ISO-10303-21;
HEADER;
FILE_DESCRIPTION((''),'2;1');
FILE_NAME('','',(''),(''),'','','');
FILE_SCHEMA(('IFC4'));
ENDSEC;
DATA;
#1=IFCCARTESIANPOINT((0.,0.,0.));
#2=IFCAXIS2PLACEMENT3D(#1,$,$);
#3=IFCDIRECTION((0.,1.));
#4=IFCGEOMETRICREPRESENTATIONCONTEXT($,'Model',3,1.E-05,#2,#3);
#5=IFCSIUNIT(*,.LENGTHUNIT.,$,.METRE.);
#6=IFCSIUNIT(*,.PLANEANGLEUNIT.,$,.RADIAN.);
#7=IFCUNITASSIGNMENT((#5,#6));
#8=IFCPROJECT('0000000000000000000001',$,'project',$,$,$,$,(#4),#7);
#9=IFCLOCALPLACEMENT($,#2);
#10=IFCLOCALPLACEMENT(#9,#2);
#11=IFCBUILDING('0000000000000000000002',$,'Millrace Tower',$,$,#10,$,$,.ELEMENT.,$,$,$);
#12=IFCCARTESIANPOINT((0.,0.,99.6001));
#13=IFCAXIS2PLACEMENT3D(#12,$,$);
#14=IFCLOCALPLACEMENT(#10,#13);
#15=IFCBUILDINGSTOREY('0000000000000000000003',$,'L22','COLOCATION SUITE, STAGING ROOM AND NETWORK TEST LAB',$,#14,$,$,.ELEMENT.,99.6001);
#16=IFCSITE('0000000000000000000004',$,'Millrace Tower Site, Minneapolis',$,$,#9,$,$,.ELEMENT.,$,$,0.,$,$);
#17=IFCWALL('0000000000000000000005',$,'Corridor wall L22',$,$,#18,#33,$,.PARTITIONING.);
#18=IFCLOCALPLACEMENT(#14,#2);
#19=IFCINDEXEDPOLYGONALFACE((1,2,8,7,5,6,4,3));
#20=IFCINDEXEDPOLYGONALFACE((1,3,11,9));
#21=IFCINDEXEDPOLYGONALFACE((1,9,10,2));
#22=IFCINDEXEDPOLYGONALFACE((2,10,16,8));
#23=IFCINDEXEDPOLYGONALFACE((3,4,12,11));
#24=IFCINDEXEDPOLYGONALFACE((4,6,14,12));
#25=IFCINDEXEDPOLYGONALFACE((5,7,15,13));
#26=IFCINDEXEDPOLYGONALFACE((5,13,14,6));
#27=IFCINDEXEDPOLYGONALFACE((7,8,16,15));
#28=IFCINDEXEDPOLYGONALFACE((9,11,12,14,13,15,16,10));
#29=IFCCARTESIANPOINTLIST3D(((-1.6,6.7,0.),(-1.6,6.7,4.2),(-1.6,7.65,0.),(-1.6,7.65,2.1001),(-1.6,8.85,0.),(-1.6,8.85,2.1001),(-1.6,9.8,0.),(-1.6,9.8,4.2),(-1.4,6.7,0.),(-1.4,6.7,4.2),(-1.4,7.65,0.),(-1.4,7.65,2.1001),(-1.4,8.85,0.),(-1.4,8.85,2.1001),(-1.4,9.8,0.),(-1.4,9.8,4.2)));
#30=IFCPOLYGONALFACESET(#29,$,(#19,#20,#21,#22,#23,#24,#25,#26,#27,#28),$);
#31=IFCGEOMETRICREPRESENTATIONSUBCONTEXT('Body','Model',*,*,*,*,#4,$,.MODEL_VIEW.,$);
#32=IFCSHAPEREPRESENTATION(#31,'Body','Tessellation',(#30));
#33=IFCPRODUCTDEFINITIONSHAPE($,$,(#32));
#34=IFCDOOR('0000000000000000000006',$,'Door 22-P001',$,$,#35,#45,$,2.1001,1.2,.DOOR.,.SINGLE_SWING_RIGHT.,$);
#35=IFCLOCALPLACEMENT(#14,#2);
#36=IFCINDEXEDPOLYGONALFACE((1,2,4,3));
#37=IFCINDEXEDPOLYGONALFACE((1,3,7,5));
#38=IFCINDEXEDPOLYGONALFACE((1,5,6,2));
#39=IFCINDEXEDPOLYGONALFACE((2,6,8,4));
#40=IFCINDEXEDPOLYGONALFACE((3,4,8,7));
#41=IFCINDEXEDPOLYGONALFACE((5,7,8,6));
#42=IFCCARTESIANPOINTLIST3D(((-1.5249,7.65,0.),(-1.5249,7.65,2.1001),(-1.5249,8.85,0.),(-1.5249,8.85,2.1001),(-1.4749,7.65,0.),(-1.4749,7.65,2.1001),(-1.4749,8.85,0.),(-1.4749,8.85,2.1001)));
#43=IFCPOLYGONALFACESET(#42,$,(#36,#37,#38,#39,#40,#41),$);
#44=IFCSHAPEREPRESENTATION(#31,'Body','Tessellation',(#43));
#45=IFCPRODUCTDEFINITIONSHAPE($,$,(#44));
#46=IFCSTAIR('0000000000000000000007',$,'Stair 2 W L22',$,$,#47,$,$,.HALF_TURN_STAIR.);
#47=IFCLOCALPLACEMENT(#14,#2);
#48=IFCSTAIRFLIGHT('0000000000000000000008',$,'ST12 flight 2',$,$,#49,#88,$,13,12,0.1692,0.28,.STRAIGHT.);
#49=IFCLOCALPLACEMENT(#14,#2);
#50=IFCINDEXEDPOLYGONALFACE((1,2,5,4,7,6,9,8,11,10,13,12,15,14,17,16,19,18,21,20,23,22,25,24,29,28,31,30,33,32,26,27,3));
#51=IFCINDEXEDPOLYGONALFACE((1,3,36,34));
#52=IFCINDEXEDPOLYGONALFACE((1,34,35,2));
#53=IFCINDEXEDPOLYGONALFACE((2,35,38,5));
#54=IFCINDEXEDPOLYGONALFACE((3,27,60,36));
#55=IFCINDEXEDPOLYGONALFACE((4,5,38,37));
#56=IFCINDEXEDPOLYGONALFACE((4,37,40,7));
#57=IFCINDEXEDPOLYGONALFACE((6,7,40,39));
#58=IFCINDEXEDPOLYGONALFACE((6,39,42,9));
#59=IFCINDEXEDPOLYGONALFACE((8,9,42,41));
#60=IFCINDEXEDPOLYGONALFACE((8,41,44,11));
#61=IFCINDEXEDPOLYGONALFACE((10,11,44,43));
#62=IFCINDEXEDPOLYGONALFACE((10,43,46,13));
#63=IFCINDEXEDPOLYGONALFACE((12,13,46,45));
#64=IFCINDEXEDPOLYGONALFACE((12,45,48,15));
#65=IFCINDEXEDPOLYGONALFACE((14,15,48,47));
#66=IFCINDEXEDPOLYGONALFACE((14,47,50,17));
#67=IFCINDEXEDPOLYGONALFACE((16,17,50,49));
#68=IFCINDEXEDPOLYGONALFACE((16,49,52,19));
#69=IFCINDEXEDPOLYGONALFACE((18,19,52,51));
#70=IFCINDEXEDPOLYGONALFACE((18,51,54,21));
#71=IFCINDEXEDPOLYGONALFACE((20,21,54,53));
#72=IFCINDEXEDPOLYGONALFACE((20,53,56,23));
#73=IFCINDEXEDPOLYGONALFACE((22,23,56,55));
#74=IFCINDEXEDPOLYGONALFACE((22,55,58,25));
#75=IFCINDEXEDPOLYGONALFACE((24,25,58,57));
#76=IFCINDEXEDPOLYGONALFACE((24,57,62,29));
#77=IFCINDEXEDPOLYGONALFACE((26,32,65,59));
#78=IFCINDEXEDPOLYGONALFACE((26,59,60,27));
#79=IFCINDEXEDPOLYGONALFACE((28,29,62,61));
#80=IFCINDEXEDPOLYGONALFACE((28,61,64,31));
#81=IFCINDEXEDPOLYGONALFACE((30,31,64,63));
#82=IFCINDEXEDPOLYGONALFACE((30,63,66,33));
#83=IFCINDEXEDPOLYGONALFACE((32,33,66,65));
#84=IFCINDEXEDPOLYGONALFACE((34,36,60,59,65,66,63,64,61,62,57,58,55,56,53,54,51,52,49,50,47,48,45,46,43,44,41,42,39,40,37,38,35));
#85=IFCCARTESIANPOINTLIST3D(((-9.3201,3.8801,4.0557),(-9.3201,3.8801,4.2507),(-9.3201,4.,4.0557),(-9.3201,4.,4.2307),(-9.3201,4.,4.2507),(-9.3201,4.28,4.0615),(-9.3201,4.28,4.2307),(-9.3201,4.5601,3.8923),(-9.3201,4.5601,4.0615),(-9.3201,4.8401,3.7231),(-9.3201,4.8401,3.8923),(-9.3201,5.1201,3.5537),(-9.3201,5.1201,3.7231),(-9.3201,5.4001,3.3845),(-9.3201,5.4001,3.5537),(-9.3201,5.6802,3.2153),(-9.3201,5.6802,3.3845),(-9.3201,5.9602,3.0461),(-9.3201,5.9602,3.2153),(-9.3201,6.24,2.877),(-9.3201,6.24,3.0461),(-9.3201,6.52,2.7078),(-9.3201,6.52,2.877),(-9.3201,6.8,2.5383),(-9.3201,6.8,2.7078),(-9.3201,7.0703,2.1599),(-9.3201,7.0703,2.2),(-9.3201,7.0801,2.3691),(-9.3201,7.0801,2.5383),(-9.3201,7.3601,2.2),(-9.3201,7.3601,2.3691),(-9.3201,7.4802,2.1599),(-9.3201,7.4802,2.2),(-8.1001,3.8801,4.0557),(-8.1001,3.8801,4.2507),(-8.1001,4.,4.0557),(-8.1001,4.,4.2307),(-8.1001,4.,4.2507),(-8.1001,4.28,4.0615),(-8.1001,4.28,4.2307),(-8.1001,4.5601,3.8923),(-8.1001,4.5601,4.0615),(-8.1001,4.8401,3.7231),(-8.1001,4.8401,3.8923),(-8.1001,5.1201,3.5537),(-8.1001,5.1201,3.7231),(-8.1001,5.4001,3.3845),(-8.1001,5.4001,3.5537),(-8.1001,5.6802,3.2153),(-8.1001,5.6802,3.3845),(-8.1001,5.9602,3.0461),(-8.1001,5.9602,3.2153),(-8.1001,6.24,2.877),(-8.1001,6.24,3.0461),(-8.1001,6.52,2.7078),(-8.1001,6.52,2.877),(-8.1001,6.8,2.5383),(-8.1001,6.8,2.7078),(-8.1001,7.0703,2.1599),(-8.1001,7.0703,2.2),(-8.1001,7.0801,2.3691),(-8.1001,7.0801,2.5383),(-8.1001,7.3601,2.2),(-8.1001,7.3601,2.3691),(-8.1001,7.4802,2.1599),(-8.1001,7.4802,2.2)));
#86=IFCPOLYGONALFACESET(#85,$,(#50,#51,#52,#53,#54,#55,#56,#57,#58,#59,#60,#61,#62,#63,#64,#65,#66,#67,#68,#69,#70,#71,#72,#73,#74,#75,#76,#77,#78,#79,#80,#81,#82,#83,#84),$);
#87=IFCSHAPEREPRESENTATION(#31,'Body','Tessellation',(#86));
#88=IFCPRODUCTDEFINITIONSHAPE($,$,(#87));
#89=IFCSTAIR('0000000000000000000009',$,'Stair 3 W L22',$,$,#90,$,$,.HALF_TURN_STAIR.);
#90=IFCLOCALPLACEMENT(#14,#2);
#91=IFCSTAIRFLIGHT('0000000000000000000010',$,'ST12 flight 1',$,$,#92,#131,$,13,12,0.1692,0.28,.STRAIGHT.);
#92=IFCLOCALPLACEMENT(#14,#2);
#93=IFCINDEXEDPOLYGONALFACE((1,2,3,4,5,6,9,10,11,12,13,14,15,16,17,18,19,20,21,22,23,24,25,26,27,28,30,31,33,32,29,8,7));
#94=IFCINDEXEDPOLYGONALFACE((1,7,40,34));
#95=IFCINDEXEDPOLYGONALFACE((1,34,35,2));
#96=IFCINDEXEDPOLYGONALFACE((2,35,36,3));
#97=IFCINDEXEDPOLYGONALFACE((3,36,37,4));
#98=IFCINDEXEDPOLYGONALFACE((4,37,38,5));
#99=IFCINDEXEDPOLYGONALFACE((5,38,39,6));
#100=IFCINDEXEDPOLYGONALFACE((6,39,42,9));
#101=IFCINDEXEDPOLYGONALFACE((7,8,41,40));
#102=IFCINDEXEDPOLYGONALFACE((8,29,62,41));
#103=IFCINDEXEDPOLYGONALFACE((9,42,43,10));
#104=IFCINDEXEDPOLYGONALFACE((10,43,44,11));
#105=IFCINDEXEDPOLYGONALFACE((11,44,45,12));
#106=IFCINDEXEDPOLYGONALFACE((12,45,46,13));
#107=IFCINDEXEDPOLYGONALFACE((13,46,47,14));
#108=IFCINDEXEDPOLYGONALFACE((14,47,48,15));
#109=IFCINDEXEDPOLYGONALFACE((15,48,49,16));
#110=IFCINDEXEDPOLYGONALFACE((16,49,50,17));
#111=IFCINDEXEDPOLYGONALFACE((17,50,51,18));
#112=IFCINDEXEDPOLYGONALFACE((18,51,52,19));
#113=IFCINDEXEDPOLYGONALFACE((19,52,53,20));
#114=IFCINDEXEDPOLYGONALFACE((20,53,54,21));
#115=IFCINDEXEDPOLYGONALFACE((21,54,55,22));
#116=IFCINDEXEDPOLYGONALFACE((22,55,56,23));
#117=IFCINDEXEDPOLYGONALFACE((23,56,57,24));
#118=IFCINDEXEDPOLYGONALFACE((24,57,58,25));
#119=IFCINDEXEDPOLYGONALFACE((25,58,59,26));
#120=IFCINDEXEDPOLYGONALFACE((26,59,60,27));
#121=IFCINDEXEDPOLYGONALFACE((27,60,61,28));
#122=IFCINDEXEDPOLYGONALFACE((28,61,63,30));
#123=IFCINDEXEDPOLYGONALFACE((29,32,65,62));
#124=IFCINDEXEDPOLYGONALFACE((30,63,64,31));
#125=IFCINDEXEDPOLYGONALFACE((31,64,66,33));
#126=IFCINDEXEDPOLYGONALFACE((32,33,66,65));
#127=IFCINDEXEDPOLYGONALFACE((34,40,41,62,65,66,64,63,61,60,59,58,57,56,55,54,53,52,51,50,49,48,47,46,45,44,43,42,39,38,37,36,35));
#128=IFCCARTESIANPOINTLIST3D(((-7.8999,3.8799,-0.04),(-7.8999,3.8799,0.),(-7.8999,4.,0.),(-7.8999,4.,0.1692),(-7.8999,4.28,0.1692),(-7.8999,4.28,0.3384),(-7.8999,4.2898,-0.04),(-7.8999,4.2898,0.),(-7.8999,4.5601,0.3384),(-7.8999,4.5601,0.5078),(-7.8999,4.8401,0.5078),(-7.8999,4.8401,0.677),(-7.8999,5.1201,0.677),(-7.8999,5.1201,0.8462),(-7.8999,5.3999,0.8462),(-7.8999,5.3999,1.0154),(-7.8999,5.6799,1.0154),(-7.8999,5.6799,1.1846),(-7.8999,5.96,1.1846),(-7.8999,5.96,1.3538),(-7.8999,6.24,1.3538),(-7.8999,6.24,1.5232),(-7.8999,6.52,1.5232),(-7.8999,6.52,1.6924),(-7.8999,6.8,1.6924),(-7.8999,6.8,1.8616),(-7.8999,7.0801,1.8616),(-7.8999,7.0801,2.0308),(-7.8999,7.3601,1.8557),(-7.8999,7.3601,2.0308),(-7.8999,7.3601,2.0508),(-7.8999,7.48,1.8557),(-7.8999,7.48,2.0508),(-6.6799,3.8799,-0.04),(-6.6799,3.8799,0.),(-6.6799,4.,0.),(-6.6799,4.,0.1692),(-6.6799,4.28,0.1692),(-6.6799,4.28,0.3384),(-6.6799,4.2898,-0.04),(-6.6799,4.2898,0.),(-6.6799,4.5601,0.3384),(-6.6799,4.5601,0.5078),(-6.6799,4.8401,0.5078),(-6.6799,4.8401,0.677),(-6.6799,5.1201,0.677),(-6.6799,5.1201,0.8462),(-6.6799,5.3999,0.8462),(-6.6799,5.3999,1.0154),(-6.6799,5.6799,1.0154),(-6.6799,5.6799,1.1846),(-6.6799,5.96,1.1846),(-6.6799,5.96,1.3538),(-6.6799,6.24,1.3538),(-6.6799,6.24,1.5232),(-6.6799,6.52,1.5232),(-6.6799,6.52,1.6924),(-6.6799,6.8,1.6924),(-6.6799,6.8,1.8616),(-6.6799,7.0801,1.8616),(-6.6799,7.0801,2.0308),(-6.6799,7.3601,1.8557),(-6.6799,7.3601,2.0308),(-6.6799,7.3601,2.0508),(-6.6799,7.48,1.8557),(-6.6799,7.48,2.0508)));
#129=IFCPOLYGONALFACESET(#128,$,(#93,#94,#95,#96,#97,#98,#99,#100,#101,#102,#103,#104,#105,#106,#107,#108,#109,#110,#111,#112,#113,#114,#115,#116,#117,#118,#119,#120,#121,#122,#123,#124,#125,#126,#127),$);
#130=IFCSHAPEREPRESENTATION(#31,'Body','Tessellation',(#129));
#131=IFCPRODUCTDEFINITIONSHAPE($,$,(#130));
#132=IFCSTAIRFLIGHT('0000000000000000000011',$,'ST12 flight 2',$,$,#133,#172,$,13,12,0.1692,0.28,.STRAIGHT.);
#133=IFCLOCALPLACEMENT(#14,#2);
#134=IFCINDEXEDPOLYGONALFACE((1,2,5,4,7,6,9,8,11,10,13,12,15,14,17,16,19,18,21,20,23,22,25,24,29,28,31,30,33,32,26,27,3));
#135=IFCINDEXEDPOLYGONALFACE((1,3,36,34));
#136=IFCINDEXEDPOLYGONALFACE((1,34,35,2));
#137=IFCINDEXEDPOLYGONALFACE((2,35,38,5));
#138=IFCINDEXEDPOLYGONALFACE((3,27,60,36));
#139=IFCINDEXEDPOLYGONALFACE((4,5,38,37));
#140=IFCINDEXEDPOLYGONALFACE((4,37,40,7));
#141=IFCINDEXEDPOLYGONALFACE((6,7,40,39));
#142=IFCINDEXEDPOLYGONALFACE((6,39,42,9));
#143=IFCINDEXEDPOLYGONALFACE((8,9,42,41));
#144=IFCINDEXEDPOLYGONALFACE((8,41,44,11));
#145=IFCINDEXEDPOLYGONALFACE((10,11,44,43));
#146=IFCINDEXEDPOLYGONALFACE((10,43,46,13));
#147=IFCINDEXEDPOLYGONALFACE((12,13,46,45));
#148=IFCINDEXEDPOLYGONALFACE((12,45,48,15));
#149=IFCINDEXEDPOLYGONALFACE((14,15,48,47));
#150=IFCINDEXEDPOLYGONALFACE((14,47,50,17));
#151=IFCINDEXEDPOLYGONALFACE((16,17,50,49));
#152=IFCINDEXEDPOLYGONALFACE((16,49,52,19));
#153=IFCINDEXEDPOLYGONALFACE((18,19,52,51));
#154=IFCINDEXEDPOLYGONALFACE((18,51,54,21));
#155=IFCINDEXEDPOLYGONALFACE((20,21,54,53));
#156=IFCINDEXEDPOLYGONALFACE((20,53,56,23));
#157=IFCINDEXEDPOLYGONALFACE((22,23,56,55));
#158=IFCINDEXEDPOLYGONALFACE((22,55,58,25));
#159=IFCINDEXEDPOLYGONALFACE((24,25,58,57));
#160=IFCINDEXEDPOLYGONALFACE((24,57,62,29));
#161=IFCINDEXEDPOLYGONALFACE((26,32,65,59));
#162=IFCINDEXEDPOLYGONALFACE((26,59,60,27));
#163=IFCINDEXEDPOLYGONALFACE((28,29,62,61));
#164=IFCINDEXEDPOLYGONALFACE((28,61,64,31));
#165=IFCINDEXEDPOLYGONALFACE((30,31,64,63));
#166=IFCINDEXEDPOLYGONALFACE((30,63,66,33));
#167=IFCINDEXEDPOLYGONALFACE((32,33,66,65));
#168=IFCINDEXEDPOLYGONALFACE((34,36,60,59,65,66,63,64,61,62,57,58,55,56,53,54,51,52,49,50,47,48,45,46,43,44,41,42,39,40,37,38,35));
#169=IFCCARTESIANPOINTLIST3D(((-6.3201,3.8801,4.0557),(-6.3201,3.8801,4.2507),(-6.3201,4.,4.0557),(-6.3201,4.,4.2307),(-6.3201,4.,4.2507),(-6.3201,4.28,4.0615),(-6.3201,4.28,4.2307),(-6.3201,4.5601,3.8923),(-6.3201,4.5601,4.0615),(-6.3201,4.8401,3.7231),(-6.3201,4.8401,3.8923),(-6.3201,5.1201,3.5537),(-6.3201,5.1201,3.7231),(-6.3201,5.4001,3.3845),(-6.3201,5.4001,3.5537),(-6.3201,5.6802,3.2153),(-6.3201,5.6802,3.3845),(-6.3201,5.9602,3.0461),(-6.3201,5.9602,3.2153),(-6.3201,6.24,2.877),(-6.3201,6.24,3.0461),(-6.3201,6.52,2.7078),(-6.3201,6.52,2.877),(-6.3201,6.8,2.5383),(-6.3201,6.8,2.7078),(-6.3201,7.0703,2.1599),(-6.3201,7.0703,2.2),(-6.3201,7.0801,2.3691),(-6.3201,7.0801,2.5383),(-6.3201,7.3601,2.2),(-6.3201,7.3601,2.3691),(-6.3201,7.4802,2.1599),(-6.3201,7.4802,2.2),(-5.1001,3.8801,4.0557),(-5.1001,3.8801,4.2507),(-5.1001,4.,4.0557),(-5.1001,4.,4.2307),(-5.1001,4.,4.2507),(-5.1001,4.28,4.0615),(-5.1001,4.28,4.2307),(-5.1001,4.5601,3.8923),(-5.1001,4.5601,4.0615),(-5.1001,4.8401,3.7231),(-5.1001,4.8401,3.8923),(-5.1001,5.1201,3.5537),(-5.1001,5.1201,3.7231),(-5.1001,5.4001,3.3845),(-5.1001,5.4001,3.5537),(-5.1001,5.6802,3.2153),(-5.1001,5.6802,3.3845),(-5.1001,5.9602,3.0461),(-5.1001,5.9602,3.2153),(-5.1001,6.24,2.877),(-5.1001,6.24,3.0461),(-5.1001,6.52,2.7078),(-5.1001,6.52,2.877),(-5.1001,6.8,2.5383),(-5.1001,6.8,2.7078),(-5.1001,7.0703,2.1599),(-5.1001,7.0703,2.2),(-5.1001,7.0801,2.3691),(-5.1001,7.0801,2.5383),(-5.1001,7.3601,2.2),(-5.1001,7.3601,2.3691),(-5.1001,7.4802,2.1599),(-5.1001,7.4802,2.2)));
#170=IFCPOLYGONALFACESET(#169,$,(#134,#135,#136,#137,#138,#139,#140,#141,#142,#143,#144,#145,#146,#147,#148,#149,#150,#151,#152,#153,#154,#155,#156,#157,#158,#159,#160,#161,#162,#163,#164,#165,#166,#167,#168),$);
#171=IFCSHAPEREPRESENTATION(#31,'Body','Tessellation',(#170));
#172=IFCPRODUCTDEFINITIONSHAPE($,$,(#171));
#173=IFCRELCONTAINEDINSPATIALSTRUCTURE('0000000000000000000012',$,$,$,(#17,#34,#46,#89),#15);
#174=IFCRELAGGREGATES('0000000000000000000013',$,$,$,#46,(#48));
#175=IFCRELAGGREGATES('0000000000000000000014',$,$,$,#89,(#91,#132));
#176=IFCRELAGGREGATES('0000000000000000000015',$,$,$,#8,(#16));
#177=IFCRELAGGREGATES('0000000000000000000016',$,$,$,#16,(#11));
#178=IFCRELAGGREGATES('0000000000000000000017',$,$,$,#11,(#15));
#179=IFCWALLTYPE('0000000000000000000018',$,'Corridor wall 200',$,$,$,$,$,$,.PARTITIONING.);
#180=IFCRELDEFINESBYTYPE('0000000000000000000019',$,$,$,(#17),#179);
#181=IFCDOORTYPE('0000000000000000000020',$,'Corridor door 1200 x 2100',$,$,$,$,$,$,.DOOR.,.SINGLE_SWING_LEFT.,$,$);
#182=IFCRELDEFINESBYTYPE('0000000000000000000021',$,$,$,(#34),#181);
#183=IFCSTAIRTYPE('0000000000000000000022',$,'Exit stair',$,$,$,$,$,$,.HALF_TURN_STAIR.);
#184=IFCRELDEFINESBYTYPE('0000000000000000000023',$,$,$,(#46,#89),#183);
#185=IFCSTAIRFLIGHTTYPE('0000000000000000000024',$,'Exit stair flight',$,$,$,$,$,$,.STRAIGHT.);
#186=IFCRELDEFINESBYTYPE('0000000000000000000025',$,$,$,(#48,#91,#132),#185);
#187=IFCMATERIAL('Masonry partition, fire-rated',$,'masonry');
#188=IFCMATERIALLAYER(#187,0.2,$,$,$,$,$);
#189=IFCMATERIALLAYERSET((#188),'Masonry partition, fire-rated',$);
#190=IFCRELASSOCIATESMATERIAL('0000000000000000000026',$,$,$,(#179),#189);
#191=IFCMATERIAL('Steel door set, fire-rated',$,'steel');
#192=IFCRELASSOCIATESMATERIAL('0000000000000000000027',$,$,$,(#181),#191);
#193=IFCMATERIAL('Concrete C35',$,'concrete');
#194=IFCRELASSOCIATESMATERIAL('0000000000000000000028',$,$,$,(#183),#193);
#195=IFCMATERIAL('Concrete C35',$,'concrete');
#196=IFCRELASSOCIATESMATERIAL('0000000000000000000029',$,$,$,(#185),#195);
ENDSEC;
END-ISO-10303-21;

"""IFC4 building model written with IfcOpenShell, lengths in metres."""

from ifc_helpers import new_model, si_unit, direction, frame, frame_2d, origin, place, context, subcontext, project, spatial, polyline, rectangle, outline, extrude, material, layer, layer_set, type_object, element, fill, aggregate, save


model = new_model("IFC4")

# Units and contexts
model_context = context("Model", 3, precision=1e-05, world=origin(), true_north=direction((0.0, 1.0)))
body_context = subcontext(model_context, "Body", "Model", "MODEL_VIEW")
ifc_project = project(units=[si_unit("LENGTHUNIT", "METRE"), si_unit("PLANEANGLEUNIT", "RADIAN")], contexts=[model_context])

# Site, building, storey
site_placement = place(None, origin())
site = spatial("IfcSite", under=ifc_project, at=site_placement, Name="Millrace Tower Site, Minneapolis", CompositionType="ELEMENT", RefElevation=0.0)
building_placement = place(site_placement, origin())
building = spatial("IfcBuilding", under=site, at=building_placement, Name="Millrace Tower", CompositionType="ELEMENT")
storey_placement = place(building_placement, frame((0.0, 0.0, 99.6001)))
storey = spatial("IfcBuildingStorey", under=building, at=storey_placement, Name="L22", Description="COLOCATION SUITE, STAGING ROOM AND NETWORK TEST LAB", CompositionType="ELEMENT", Elevation=99.6001)

# Shared definitions
placement = place(storey_placement, origin())

# Shared definitions
ifc_material_1 = material(Name="Masonry partition, fire-rated", Category="masonry")
ifc_layer_1 = layer(ifc_material_1, 0.2)
ifc_layer_set_1 = layer_set([ifc_layer_1], Name="Masonry partition, fire-rated")
wall_type = type_object("IfcWallType", Name="Corridor wall 200", PredefinedType="PARTITIONING", material=ifc_layer_set_1)

# Wall, opening, door
wall_1_placement = place(storey_placement, frame((-1.5, 6.7, 0.0), z_axis=(0.0, 0.0, 1.0), x_axis=(0.0, 1.0, 0.0)))
wall_1 = element("IfcWall", 1, at=wall_1_placement, inside=storey, type_object=wall_type, Name="Corridor wall L22", PredefinedType="PARTITIONING", context=body_context, shape_type="SweptSolid", body=[
    extrude(rectangle(XDim=3.1001, YDim=0.2, at=frame_2d((1.55, 0.0))), origin(), (0.0, 0.0, 1.0), 4.2),
])
opening_placement = place(wall_1_placement, frame((0.95, 0.0, 0.0)))
opening = element("IfcOpeningElement", 2, at=opening_placement, cuts=wall_1, PredefinedType="OPENING", context=body_context, shape_type="SweptSolid", body=[
    extrude(rectangle(XDim=1.2, YDim=2.1001, at=frame_2d((0.6001, 1.05))), frame((0.0, 0.1099, 0.0), z_axis=(0.0, -1.0, 0.0), x_axis=(1.0, 0.0, 0.0)), (0.0, 0.0, 1.0), 0.22),
])
ifc_material_2 = material(Name="Steel door set, fire-rated", Category="steel")
door_type = type_object("IfcDoorType", Name="Corridor door 1200 x 2100", OperationType="SINGLE_SWING_LEFT", PredefinedType="DOOR", material=ifc_material_2)
door_placement = place(opening_placement, origin())
door = element("IfcDoor", 3, at=door_placement, inside=storey, type_object=door_type, Name="Door 22-P001", OperationType="SINGLE_SWING_RIGHT", OverallHeight=2.1001, OverallWidth=1.2, PredefinedType="DOOR", context=body_context, shape_type="SweptSolid", body=[
    extrude(rectangle(XDim=1.2, YDim=2.1001, at=frame_2d((0.6001, 1.05))), frame((0.0, 0.0249, 0.0), z_axis=(0.0, -1.0, 0.0), x_axis=(1.0, 0.0, 0.0)), (0.0, 0.0, 1.0), 0.05),
])
fill(opening, door)

# Stair, stair flight
ifc_material_3 = material(Name="Concrete C35", Category="concrete")
stair_type = type_object("IfcStairType", Name="Exit stair", PredefinedType="HALF_TURN_STAIR", material=ifc_material_3)
stair_1 = element("IfcStair", 4, at=placement, inside=storey, type_object=stair_type, Name="Stair 2 W L22", PredefinedType="HALF_TURN_STAIR")
ifc_material_4 = material(Name="Concrete C35", Category="concrete")
stair_flight_type = type_object("IfcStairFlightType", Name="Exit stair flight", PredefinedType="STRAIGHT", material=ifc_material_4)
stair_flight_1_placement = place(storey_placement, frame((-8.71, 7.3601, 2.2), z_axis=(0.0, 0.0, 1.0), x_axis=(0.0, -1.0, 0.0)))
stair_flight_1 = element("IfcStairFlight", 5, at=stair_flight_1_placement, type_object=stair_flight_type, Name="ST12 flight 2", NumberOfRisers=13, NumberOfTreads=12, PredefinedType="STRAIGHT", RiserHeight=0.1692, TreadLength=0.28, context=body_context, shape_type="SweptSolid", body=[
    extrude(outline(polyline([(-0.1201, -0.04), (-0.1201, 0.0), (0.0, 0.0), (0.0, 0.1692), (0.28, 0.1692), (0.28, 0.3384), (0.5601, 0.3384), (0.5601, 0.5078), (0.8401, 0.5078), (0.8401, 0.677), (1.1201, 0.677), (1.1201, 0.8462), (1.3999, 0.8462), (1.3999, 1.0154), (1.6799, 1.0154), (1.6799, 1.1846), (1.96, 1.1846), (1.96, 1.3538), (2.24, 1.3538), (2.24, 1.5232), (2.52, 1.5232), (2.52, 1.6924), (2.8, 1.6924), (2.8, 1.8616), (3.0801, 1.8616), (3.0801, 2.0308), (3.3601, 2.0308), (3.3601, 2.0508), (3.48, 2.0508), (3.48, 1.8557), (3.3601, 1.8557), (0.2898, 0.0), (0.2898, -0.04), (-0.1201, -0.04)])), frame((0.0, 0.6099, 0.0), z_axis=(0.0, -1.0, 0.0), x_axis=(1.0, 0.0, 0.0)), (0.0, 0.0, 1.0), 1.22),
])
aggregate(stair_1, [stair_flight_1])

# Stair, stair flights
stair_2 = element("IfcStair", 6, at=placement, inside=storey, type_object=stair_type, Name="Stair 3 W L22", PredefinedType="HALF_TURN_STAIR")
stair_flight_2_placement = place(storey_placement, frame((-7.29, 4.0, 0.0), z_axis=(0.0, 0.0, 1.0), x_axis=(0.0, 1.0, 0.0)))
stair_flight_2 = element("IfcStairFlight", 7, at=stair_flight_2_placement, type_object=stair_flight_type, Name="ST12 flight 1", NumberOfRisers=13, NumberOfTreads=12, PredefinedType="STRAIGHT", RiserHeight=0.1692, TreadLength=0.28, context=body_context, shape_type="SweptSolid", body=[
    extrude(outline(polyline([(-0.1201, -0.04), (-0.1201, 0.0), (0.0, 0.0), (0.0, 0.1692), (0.28, 0.1692), (0.28, 0.3384), (0.5601, 0.3384), (0.5601, 0.5078), (0.8401, 0.5078), (0.8401, 0.677), (1.1201, 0.677), (1.1201, 0.8462), (1.3999, 0.8462), (1.3999, 1.0154), (1.6799, 1.0154), (1.6799, 1.1846), (1.96, 1.1846), (1.96, 1.3538), (2.24, 1.3538), (2.24, 1.5232), (2.52, 1.5232), (2.52, 1.6924), (2.8, 1.6924), (2.8, 1.8616), (3.0801, 1.8616), (3.0801, 2.0308), (3.3601, 2.0308), (3.3601, 2.0508), (3.48, 2.0508), (3.48, 1.8557), (3.3601, 1.8557), (0.2898, 0.0), (0.2898, -0.04), (-0.1201, -0.04)])), frame((0.0, 0.6099, 0.0), z_axis=(0.0, -1.0, 0.0), x_axis=(1.0, 0.0, 0.0)), (0.0, 0.0, 1.0), 1.22),
])
stair_flight_3_placement = place(storey_placement, frame((-5.71, 7.3601, 2.2), z_axis=(0.0, 0.0, 1.0), x_axis=(0.0, -1.0, 0.0)))
stair_flight_3 = element("IfcStairFlight", 8, at=stair_flight_3_placement, type_object=stair_flight_type, Name="ST12 flight 2", NumberOfRisers=13, NumberOfTreads=12, PredefinedType="STRAIGHT", RiserHeight=0.1692, TreadLength=0.28, context=body_context, shape_type="SweptSolid", body=[
    extrude(outline(polyline([(-0.1201, -0.04), (-0.1201, 0.0), (0.0, 0.0), (0.0, 0.1692), (0.28, 0.1692), (0.28, 0.3384), (0.5601, 0.3384), (0.5601, 0.5078), (0.8401, 0.5078), (0.8401, 0.677), (1.1201, 0.677), (1.1201, 0.8462), (1.3999, 0.8462), (1.3999, 1.0154), (1.6799, 1.0154), (1.6799, 1.1846), (1.96, 1.1846), (1.96, 1.3538), (2.24, 1.3538), (2.24, 1.5232), (2.52, 1.5232), (2.52, 1.6924), (2.8, 1.6924), (2.8, 1.8616), (3.0801, 1.8616), (3.0801, 2.0308), (3.3601, 2.0308), (3.3601, 2.0508), (3.48, 2.0508), (3.48, 1.8557), (3.3601, 1.8557), (0.2898, 0.0), (0.2898, -0.04), (-0.1201, -0.04)])), frame((0.0, 0.6099, 0.0), z_axis=(0.0, -1.0, 0.0), x_axis=(1.0, 0.0, 0.0)), (0.0, 0.0, 1.0), 1.22),
])
aggregate(stair_2, [stair_flight_2, stair_flight_3])

save(model, "model.ifc")
